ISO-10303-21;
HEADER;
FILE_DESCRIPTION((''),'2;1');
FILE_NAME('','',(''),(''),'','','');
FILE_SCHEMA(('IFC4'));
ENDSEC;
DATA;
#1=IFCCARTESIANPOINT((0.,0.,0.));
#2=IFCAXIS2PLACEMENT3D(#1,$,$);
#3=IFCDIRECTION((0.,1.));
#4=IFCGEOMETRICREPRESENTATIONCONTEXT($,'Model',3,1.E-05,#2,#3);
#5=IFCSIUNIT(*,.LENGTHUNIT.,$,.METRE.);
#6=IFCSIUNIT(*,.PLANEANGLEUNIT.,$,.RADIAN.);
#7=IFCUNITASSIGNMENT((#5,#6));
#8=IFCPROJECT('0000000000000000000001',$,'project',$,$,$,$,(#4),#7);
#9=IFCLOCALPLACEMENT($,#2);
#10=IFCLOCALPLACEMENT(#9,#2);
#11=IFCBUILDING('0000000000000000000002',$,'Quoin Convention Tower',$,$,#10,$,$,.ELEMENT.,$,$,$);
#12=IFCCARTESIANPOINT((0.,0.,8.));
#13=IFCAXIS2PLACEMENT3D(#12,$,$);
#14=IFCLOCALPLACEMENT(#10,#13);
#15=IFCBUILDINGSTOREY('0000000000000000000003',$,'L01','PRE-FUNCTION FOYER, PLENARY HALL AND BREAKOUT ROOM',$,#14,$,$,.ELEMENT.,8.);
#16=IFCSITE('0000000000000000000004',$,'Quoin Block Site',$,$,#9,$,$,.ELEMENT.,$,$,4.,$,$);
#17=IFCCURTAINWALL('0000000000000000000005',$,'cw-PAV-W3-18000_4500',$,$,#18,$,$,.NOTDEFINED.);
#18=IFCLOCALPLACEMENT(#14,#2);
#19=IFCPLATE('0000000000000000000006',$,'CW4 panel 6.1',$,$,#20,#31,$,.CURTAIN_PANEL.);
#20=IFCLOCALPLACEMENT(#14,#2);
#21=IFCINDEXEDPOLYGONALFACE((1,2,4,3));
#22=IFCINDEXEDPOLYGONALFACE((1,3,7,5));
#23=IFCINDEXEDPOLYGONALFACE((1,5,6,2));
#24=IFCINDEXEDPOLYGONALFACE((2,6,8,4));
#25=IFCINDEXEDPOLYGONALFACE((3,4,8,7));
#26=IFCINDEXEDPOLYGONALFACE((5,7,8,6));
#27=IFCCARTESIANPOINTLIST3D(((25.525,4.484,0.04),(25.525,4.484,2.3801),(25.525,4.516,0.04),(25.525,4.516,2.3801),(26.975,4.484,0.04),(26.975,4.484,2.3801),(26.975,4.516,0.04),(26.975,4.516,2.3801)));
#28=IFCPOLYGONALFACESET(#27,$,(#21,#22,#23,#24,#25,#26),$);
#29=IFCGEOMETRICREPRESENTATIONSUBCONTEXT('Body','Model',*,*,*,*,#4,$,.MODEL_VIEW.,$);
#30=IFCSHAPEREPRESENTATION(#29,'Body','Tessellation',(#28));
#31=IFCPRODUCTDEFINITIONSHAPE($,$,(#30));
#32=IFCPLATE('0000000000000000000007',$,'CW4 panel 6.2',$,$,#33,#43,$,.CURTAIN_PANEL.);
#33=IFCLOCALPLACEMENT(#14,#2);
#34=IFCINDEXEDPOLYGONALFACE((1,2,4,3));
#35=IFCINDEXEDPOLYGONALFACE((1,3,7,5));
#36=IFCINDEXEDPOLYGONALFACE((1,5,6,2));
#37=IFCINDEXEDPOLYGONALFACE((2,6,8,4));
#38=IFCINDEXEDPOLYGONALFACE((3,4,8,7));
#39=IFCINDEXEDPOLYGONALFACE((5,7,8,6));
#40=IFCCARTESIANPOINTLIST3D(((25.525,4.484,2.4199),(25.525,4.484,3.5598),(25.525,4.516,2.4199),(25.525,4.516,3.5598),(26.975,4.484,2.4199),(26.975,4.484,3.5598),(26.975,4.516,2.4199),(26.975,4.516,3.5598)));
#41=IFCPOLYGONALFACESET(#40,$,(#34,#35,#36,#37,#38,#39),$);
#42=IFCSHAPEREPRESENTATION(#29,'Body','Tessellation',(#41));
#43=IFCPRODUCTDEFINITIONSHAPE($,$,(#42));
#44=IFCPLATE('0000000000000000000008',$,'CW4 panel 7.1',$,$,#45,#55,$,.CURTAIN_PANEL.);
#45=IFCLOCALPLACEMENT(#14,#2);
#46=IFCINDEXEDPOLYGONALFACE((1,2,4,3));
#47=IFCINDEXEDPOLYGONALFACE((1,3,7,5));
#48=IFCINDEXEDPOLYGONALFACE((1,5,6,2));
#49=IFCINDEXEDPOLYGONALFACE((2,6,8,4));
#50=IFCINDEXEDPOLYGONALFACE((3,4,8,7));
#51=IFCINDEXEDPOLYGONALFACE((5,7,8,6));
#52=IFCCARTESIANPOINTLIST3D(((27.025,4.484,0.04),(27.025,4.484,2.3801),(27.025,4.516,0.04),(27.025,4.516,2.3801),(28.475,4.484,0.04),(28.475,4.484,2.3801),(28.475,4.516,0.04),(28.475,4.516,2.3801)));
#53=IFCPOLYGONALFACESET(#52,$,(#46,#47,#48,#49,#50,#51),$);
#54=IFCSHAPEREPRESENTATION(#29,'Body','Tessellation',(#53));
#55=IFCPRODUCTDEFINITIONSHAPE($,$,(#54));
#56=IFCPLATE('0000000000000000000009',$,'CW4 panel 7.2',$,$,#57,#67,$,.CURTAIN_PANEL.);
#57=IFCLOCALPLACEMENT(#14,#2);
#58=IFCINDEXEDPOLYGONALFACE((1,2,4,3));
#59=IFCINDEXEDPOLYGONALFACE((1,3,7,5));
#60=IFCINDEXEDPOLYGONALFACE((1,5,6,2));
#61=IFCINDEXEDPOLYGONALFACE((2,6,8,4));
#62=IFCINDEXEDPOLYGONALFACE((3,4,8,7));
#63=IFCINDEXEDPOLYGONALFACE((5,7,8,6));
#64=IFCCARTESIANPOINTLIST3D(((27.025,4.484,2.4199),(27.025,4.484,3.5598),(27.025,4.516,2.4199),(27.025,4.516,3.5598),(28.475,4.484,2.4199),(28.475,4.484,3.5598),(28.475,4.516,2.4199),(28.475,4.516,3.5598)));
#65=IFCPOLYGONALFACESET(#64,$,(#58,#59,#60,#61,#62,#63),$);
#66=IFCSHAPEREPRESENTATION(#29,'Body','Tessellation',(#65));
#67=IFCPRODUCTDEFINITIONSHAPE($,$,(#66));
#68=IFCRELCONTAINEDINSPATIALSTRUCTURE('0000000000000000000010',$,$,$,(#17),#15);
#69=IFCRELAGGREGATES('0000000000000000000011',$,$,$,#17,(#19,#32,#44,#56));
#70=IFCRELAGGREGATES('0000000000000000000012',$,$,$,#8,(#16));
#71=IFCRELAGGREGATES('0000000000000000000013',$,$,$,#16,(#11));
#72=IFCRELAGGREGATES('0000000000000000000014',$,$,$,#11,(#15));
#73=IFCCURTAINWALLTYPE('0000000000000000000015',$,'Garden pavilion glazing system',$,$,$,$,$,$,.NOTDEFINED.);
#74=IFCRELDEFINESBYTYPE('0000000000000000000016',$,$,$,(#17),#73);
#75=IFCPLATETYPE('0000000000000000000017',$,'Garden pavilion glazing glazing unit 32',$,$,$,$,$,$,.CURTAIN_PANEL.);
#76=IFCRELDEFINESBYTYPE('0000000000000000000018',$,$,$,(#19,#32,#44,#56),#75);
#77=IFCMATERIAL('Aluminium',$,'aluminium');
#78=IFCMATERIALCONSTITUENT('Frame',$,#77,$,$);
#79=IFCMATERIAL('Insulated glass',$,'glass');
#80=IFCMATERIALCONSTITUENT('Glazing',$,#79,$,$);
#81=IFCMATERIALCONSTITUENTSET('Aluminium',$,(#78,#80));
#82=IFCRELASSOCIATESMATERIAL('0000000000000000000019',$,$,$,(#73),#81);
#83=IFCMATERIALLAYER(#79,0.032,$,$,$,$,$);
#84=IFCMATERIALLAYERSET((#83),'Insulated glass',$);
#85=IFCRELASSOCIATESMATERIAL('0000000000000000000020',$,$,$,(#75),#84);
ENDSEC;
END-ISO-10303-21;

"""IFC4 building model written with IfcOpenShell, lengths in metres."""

from ifc_helpers import new_model, si_unit, direction, frame, origin, origin_2d, place, context, subcontext, project, spatial, rectangle, extrude, material, layer, layer_set, constituent, constituent_set, type_object, element, aggregate, save


model = new_model("IFC4")

# Units and contexts
model_context = context("Model", 3, precision=1e-05, world=origin(), true_north=direction((0.0, 1.0)))
body_context = subcontext(model_context, "Body", "Model", "MODEL_VIEW")
ifc_project = project(units=[si_unit("LENGTHUNIT", "METRE"), si_unit("PLANEANGLEUNIT", "RADIAN")], contexts=[model_context])

# Site, building, storey
site_placement = place(None, origin())
site = spatial("IfcSite", under=ifc_project, at=site_placement, Name="Quoin Block Site", CompositionType="ELEMENT", RefElevation=4.0)
building_placement = place(site_placement, origin())
building = spatial("IfcBuilding", under=site, at=building_placement, Name="Quoin Convention Tower", CompositionType="ELEMENT")
storey_placement = place(building_placement, frame((0.0, 0.0, 8.0)))
storey = spatial("IfcBuildingStorey", under=building, at=storey_placement, Name="L01", Description="PRE-FUNCTION FOYER, PLENARY HALL AND BREAKOUT ROOM", CompositionType="ELEMENT", Elevation=8.0)

# Curtain wall
ifc_material_1 = material(Name="Aluminium", Category="aluminium")
ifc_constituent_1 = constituent(ifc_material_1, Name="Frame")
ifc_material_2 = material(Name="Insulated glass", Category="glass")
ifc_constituent_2 = constituent(ifc_material_2, Name="Glazing")
ifc_constituent_set = constituent_set(constituents=[ifc_constituent_1, ifc_constituent_2], Name="Aluminium")
curtain_wall_type = type_object("IfcCurtainWallType", Name="Garden pavilion glazing system", PredefinedType="NOTDEFINED", material=ifc_constituent_set)
curtain_wall_placement = place(storey_placement, origin())
curtain_wall = element("IfcCurtainWall", 1, at=curtain_wall_placement, inside=storey, type_object=curtain_wall_type, Name="cw-PAV-W3-18000_4500", PredefinedType="NOTDEFINED")

# Plates
ifc_layer = layer(ifc_material_2, 0.032)
ifc_layer_set = layer_set([ifc_layer], Name="Insulated glass")
plate_type = type_object("IfcPlateType", Name="Garden pavilion glazing glazing unit 32", PredefinedType="CURTAIN_PANEL", material=ifc_layer_set)
plate_1_placement = place(storey_placement, frame((26.25, 4.5, 0.04), z_axis=(0.0, 0.0, 1.0), x_axis=(1.0, 0.0, 0.0)))
plate_1 = element("IfcPlate", 2, at=plate_1_placement, type_object=plate_type, Name="CW4 panel 6.1", PredefinedType="CURTAIN_PANEL", context=body_context, shape_type="SweptSolid", body=[
    extrude(rectangle(XDim=1.45, YDim=0.032, at=origin_2d()), origin(), (0.0, 0.0, 1.0), 2.3401),
])
plate_2_placement = place(storey_placement, frame((26.25, 4.5, 2.4199), z_axis=(0.0, 0.0, 1.0), x_axis=(1.0, 0.0, 0.0)))
plate_2 = element("IfcPlate", 3, at=plate_2_placement, type_object=plate_type, Name="CW4 panel 6.2", PredefinedType="CURTAIN_PANEL", context=body_context, shape_type="SweptSolid", body=[
    extrude(rectangle(XDim=1.45, YDim=0.032, at=origin_2d()), origin(), (0.0, 0.0, 1.0), 1.1399),
])
plate_3_placement = place(storey_placement, frame((27.75, 4.5, 0.04), z_axis=(0.0, 0.0, 1.0), x_axis=(1.0, 0.0, 0.0)))
plate_3 = element("IfcPlate", 4, at=plate_3_placement, type_object=plate_type, Name="CW4 panel 7.1", PredefinedType="CURTAIN_PANEL", context=body_context, shape_type="SweptSolid", body=[
    extrude(rectangle(XDim=1.45, YDim=0.032, at=origin_2d()), origin(), (0.0, 0.0, 1.0), 2.3401),
])
plate_4_placement = place(storey_placement, frame((27.75, 4.5, 2.4199), z_axis=(0.0, 0.0, 1.0), x_axis=(1.0, 0.0, 0.0)))
plate_4 = element("IfcPlate", 5, at=plate_4_placement, type_object=plate_type, Name="CW4 panel 7.2", PredefinedType="CURTAIN_PANEL", context=body_context, shape_type="SweptSolid", body=[
    extrude(rectangle(XDim=1.45, YDim=0.032, at=origin_2d()), origin(), (0.0, 0.0, 1.0), 1.1399),
])
aggregate(curtain_wall, [plate_1, plate_2, plate_3, plate_4])

save(model, "model.ifc")
